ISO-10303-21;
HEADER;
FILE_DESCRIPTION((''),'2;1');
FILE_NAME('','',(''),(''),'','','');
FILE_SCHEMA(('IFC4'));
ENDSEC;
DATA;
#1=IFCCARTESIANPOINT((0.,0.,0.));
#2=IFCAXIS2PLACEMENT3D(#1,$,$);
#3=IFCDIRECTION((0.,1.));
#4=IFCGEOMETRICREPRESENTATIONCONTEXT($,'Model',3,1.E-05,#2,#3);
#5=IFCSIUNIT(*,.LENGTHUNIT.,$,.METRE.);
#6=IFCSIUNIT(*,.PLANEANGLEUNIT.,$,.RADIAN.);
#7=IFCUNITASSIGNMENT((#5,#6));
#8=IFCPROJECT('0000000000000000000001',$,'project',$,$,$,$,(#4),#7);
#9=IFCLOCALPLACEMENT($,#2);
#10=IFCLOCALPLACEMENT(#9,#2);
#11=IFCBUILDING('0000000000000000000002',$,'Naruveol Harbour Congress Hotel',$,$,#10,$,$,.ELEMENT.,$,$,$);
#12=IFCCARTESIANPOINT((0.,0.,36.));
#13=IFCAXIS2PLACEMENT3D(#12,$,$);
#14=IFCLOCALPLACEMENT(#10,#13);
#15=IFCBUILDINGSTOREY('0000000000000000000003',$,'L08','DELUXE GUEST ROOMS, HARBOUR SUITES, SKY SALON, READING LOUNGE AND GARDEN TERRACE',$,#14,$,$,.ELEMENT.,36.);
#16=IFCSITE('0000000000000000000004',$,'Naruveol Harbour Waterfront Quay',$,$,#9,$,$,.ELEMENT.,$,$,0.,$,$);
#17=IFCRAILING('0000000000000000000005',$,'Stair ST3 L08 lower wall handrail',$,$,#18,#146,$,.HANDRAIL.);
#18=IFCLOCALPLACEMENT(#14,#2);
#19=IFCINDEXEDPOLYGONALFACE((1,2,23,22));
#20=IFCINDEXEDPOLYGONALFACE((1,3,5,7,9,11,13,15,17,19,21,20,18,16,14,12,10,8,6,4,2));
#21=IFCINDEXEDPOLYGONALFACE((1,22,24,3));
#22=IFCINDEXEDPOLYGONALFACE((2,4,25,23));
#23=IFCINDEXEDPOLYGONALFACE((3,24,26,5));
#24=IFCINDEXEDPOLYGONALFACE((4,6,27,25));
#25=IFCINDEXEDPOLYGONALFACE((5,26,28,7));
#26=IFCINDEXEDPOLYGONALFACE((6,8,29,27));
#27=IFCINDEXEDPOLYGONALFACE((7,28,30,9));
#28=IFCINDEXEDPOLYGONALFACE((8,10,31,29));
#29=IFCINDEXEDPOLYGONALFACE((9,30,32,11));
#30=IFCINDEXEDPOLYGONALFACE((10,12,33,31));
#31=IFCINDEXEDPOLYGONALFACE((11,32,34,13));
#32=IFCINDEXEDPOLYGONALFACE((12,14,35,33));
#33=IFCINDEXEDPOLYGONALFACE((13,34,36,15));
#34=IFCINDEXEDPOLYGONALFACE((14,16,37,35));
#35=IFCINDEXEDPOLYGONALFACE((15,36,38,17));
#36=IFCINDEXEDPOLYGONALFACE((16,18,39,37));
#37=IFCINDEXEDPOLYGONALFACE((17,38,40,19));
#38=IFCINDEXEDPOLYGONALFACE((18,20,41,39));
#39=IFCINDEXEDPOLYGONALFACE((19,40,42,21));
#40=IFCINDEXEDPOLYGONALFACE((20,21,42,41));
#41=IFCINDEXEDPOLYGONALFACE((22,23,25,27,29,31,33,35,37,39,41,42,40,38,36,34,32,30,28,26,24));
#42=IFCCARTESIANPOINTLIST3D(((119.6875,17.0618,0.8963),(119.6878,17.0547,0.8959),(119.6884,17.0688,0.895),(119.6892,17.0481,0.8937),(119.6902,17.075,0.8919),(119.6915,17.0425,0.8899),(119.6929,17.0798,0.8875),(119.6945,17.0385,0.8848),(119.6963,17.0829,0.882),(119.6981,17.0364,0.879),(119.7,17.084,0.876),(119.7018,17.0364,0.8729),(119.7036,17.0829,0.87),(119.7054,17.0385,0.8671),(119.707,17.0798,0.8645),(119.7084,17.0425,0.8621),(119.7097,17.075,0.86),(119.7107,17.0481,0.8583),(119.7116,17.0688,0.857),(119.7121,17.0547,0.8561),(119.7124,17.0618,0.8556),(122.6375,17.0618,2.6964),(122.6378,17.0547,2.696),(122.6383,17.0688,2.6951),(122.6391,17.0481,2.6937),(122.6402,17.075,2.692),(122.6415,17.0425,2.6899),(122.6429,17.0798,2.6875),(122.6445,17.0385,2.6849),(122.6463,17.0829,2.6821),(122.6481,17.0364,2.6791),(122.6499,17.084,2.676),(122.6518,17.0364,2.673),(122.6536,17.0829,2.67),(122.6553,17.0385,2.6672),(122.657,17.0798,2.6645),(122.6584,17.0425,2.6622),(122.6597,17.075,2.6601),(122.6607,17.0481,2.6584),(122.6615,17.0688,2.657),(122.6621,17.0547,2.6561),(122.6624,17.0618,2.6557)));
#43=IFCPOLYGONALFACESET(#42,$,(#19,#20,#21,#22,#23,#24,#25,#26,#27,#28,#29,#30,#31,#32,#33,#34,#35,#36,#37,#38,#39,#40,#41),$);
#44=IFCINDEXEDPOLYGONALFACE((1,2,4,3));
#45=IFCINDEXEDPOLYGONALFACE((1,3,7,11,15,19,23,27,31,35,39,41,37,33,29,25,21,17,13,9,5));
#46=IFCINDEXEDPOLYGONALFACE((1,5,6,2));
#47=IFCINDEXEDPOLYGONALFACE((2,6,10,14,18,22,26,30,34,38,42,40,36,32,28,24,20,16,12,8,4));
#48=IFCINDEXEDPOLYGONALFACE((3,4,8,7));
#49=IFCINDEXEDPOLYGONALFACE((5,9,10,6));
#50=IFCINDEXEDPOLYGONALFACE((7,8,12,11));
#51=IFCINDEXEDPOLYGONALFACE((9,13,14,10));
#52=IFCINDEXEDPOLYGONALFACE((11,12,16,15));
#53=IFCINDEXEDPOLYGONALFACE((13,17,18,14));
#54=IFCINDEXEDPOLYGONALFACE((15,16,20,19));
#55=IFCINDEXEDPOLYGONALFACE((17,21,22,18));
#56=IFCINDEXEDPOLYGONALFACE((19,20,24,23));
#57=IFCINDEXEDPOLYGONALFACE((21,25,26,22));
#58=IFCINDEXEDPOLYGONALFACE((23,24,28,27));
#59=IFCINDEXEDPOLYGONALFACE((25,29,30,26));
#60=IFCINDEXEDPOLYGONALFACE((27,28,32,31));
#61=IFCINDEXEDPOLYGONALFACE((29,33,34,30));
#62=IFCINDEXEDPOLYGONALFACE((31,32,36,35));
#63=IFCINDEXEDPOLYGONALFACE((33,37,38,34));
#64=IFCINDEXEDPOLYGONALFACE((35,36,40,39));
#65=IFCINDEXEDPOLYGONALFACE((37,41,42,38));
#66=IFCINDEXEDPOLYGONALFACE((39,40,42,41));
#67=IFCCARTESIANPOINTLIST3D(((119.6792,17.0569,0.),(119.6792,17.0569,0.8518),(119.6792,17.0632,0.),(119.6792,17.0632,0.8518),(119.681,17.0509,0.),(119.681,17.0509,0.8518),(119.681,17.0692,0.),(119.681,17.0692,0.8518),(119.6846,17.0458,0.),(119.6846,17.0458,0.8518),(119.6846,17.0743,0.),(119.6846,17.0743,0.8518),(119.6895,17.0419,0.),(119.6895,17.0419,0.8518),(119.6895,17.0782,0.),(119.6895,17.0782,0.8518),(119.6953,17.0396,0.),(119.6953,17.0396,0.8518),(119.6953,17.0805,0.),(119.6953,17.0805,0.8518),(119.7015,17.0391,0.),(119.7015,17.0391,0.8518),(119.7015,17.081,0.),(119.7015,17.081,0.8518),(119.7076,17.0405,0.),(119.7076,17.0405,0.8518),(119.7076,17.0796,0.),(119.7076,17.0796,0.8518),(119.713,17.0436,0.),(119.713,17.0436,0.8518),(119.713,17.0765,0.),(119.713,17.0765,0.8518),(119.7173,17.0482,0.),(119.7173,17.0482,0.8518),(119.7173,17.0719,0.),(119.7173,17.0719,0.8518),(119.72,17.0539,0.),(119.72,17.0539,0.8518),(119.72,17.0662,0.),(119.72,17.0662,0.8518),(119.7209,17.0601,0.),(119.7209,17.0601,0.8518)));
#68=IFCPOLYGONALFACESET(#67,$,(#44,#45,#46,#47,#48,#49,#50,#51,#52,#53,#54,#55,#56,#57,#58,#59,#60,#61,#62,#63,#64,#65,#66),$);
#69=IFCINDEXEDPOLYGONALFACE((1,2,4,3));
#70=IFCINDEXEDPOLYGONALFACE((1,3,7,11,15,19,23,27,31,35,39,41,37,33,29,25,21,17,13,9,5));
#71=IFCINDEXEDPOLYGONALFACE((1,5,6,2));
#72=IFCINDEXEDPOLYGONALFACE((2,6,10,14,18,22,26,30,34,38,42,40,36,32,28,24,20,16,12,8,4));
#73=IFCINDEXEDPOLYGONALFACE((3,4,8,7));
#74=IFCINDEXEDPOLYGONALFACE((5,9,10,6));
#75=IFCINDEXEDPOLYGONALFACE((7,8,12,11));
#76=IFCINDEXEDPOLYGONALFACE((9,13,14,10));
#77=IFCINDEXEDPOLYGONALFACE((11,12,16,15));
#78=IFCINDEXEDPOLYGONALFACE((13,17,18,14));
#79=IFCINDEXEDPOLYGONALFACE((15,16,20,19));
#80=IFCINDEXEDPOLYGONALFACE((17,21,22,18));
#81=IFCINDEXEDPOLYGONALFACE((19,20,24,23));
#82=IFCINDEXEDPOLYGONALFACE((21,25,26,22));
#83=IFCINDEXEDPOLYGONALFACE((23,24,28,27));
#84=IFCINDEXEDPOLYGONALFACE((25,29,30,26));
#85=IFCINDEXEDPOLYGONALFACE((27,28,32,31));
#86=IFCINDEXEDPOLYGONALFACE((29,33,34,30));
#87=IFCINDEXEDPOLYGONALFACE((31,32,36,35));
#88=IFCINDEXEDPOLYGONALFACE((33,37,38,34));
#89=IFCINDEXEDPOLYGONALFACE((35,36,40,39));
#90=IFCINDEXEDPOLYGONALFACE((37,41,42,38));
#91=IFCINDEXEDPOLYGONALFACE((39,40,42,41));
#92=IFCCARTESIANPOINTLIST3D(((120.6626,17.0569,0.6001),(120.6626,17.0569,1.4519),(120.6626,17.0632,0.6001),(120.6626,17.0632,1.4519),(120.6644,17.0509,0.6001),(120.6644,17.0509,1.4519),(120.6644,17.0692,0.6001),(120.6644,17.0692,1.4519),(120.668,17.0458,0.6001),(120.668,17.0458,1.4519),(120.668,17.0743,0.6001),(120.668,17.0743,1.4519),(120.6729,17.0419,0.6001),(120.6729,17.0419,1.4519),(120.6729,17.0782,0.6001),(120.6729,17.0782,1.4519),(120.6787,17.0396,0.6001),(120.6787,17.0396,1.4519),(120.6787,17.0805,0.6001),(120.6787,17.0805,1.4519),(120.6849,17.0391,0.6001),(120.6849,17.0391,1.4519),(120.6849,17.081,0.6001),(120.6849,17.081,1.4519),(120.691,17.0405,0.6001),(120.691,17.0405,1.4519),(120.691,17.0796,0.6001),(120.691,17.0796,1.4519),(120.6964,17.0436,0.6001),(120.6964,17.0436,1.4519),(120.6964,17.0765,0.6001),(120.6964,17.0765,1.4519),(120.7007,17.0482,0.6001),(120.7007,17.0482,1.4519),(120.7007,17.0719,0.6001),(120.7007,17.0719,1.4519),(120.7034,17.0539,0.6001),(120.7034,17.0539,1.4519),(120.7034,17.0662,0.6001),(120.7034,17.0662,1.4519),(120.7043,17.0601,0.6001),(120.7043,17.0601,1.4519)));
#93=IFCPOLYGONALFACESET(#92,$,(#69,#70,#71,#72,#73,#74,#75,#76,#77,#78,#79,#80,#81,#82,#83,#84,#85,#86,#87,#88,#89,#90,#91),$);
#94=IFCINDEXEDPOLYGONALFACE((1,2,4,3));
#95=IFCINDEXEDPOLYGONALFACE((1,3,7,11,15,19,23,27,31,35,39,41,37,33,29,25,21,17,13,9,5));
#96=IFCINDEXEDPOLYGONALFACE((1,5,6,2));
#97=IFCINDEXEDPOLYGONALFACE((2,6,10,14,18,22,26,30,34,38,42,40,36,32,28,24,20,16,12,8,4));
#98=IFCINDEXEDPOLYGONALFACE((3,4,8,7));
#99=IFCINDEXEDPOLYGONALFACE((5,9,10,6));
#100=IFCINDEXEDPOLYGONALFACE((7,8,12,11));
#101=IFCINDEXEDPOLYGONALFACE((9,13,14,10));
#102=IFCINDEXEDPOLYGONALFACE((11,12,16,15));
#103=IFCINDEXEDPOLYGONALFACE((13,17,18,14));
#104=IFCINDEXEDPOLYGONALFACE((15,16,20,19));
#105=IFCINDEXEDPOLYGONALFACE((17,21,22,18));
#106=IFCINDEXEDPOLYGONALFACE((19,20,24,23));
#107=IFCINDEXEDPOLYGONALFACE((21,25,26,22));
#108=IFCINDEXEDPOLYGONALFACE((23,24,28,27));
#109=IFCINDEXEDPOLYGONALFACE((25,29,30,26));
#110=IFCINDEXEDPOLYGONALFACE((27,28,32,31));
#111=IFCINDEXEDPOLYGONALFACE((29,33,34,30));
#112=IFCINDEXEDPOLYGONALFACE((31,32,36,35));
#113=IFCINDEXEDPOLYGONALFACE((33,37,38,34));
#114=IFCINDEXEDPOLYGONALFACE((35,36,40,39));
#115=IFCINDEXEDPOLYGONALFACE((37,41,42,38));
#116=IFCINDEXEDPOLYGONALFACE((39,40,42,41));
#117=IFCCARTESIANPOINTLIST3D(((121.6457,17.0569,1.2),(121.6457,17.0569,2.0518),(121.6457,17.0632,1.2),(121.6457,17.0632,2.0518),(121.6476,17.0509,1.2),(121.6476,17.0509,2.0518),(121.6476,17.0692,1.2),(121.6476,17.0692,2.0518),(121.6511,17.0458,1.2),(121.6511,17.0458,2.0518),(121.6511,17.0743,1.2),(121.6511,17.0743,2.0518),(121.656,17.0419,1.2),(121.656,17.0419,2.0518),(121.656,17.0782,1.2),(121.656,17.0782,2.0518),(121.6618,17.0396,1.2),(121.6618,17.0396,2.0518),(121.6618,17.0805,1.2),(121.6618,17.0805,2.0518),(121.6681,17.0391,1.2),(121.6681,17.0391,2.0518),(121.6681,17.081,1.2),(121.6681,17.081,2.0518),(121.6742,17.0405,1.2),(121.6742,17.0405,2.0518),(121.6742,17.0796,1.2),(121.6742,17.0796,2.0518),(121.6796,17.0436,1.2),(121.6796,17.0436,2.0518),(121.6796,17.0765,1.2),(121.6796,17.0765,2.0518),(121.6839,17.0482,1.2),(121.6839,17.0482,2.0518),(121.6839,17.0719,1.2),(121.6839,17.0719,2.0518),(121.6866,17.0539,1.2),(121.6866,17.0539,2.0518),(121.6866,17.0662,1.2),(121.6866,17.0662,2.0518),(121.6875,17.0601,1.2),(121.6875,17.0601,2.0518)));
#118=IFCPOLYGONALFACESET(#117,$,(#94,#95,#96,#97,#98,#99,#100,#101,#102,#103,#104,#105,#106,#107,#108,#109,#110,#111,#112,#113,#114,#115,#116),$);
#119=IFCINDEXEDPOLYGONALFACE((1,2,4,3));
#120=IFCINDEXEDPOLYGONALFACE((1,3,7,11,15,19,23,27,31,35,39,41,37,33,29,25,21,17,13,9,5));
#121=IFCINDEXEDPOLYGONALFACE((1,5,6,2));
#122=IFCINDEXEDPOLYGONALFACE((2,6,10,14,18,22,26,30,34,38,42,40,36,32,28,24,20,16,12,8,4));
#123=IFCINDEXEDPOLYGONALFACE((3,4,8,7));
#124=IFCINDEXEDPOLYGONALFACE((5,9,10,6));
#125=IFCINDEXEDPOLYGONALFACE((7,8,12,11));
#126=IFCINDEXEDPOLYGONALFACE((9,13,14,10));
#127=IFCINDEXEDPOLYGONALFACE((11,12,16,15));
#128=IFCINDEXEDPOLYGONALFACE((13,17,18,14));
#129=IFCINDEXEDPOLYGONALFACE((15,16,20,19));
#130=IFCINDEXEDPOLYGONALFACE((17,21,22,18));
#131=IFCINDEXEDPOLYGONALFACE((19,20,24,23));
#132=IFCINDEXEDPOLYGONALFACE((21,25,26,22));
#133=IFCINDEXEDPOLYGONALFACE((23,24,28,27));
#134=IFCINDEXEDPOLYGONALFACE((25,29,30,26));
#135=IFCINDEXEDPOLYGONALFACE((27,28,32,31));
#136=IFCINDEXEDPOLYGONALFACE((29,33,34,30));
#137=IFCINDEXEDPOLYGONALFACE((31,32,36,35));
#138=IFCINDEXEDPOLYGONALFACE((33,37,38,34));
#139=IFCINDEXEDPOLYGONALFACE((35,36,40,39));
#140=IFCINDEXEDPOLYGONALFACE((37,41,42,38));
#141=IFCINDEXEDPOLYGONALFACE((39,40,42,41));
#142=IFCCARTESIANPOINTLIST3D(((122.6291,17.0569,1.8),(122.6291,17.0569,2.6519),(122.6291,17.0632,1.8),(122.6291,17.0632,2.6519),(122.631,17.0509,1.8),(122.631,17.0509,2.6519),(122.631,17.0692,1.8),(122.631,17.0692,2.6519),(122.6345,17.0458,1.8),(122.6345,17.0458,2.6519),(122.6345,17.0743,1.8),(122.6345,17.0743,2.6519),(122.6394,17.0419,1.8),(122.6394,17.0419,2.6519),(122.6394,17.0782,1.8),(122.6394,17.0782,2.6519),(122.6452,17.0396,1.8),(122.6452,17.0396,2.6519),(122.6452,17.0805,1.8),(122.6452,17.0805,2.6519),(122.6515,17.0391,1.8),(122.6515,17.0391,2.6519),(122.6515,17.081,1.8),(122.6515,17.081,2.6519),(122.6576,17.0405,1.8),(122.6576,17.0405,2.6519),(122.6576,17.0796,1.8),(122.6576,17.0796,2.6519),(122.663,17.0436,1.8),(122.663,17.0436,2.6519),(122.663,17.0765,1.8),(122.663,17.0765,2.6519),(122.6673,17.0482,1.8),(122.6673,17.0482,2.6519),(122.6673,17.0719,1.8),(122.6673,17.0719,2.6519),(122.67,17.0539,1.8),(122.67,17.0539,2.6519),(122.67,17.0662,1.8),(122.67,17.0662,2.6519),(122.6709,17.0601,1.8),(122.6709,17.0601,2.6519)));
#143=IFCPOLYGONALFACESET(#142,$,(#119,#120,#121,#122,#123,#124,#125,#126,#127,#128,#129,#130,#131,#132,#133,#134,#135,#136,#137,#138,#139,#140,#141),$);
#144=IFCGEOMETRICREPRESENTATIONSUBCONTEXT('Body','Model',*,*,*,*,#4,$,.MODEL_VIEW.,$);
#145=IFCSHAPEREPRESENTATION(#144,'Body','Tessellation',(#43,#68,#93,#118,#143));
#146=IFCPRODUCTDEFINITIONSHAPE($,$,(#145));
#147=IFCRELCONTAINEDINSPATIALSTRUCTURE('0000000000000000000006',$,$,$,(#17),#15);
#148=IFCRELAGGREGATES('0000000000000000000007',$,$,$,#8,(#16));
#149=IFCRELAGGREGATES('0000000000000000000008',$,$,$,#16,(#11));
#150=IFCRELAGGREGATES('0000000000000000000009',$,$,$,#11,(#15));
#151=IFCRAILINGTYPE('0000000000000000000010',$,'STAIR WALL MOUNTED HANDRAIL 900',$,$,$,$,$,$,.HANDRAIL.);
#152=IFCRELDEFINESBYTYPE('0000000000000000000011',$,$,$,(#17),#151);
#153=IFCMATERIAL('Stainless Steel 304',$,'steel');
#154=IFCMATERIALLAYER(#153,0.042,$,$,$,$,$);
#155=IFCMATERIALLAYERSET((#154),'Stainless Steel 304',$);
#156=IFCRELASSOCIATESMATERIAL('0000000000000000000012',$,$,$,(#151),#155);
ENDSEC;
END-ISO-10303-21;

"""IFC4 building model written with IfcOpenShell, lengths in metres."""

from ifc_helpers import new_model, si_unit, direction, frame, origin, origin_2d, place, context, subcontext, project, spatial, circle, extrude, material, layer, layer_set, type_object, element, save


model = new_model("IFC4")

# Units and contexts
model_context = context("Model", 3, precision=1e-05, world=origin(), true_north=direction((0.0, 1.0)))
body_context = subcontext(model_context, "Body", "Model", "MODEL_VIEW")
ifc_project = project(units=[si_unit("LENGTHUNIT", "METRE"), si_unit("PLANEANGLEUNIT", "RADIAN")], contexts=[model_context])

# Site, building, storey
site_placement = place(None, origin())
site = spatial("IfcSite", under=ifc_project, at=site_placement, Name="Naruveol Harbour Waterfront Quay", CompositionType="ELEMENT", RefElevation=0.0)
building_placement = place(site_placement, origin())
building = spatial("IfcBuilding", under=site, at=building_placement, Name="Naruveol Harbour Congress Hotel", CompositionType="ELEMENT")
storey_placement = place(building_placement, frame((0.0, 0.0, 36.0)))
storey = spatial("IfcBuildingStorey", under=building, at=storey_placement, Name="L08", Description="DELUXE GUEST ROOMS, HARBOUR SUITES, SKY SALON, READING LOUNGE AND GARDEN TERRACE", CompositionType="ELEMENT", Elevation=36.0)

# Railing
ifc_material_1 = material(Name="Stainless Steel 304", Category="steel")
ifc_layer_1 = layer(ifc_material_1, 0.042)
ifc_layer_set_1 = layer_set([ifc_layer_1], Name="Stainless Steel 304")
railing_type_1 = type_object("IfcRailingType", Name="STAIR WALL MOUNTED HANDRAIL 900", PredefinedType="HANDRAIL", material=ifc_layer_set_1)
railing_1_placement = place(storey_placement, frame((119.7, 17.0601, 0.0)))
element("IfcRailing", 1, at=railing_1_placement, inside=storey, type_object=railing_type_1, Name="Stair ST3 L08 lower wall handrail", PredefinedType="HANDRAIL", context=body_context, shape_type="SweptSolid", body=[
    extrude(circle(Radius=0.0239, at=origin_2d()), frame((0.0, 0.0, 0.876), z_axis=(0.853629, 0.0, 0.520881), x_axis=(0.0, 1.0, 0.0)), (0.0, 0.0, 1.0), 3.4558),
    extrude(circle(Radius=0.021, at=origin_2d()), origin(), (0.0, 0.0, 1.0), 0.8518),
    extrude(circle(Radius=0.021, at=origin_2d()), frame((0.9834, 0.0, 0.6001)), (0.0, 0.0, 1.0), 0.8518),
    extrude(circle(Radius=0.021, at=origin_2d()), frame((1.9666, 0.0, 1.2)), (0.0, 0.0, 1.0), 0.8518),
    extrude(circle(Radius=0.021, at=origin_2d()), frame((2.95, 0.0, 1.8)), (0.0, 0.0, 1.0), 0.8518),
])

save(model, "model.ifc")
